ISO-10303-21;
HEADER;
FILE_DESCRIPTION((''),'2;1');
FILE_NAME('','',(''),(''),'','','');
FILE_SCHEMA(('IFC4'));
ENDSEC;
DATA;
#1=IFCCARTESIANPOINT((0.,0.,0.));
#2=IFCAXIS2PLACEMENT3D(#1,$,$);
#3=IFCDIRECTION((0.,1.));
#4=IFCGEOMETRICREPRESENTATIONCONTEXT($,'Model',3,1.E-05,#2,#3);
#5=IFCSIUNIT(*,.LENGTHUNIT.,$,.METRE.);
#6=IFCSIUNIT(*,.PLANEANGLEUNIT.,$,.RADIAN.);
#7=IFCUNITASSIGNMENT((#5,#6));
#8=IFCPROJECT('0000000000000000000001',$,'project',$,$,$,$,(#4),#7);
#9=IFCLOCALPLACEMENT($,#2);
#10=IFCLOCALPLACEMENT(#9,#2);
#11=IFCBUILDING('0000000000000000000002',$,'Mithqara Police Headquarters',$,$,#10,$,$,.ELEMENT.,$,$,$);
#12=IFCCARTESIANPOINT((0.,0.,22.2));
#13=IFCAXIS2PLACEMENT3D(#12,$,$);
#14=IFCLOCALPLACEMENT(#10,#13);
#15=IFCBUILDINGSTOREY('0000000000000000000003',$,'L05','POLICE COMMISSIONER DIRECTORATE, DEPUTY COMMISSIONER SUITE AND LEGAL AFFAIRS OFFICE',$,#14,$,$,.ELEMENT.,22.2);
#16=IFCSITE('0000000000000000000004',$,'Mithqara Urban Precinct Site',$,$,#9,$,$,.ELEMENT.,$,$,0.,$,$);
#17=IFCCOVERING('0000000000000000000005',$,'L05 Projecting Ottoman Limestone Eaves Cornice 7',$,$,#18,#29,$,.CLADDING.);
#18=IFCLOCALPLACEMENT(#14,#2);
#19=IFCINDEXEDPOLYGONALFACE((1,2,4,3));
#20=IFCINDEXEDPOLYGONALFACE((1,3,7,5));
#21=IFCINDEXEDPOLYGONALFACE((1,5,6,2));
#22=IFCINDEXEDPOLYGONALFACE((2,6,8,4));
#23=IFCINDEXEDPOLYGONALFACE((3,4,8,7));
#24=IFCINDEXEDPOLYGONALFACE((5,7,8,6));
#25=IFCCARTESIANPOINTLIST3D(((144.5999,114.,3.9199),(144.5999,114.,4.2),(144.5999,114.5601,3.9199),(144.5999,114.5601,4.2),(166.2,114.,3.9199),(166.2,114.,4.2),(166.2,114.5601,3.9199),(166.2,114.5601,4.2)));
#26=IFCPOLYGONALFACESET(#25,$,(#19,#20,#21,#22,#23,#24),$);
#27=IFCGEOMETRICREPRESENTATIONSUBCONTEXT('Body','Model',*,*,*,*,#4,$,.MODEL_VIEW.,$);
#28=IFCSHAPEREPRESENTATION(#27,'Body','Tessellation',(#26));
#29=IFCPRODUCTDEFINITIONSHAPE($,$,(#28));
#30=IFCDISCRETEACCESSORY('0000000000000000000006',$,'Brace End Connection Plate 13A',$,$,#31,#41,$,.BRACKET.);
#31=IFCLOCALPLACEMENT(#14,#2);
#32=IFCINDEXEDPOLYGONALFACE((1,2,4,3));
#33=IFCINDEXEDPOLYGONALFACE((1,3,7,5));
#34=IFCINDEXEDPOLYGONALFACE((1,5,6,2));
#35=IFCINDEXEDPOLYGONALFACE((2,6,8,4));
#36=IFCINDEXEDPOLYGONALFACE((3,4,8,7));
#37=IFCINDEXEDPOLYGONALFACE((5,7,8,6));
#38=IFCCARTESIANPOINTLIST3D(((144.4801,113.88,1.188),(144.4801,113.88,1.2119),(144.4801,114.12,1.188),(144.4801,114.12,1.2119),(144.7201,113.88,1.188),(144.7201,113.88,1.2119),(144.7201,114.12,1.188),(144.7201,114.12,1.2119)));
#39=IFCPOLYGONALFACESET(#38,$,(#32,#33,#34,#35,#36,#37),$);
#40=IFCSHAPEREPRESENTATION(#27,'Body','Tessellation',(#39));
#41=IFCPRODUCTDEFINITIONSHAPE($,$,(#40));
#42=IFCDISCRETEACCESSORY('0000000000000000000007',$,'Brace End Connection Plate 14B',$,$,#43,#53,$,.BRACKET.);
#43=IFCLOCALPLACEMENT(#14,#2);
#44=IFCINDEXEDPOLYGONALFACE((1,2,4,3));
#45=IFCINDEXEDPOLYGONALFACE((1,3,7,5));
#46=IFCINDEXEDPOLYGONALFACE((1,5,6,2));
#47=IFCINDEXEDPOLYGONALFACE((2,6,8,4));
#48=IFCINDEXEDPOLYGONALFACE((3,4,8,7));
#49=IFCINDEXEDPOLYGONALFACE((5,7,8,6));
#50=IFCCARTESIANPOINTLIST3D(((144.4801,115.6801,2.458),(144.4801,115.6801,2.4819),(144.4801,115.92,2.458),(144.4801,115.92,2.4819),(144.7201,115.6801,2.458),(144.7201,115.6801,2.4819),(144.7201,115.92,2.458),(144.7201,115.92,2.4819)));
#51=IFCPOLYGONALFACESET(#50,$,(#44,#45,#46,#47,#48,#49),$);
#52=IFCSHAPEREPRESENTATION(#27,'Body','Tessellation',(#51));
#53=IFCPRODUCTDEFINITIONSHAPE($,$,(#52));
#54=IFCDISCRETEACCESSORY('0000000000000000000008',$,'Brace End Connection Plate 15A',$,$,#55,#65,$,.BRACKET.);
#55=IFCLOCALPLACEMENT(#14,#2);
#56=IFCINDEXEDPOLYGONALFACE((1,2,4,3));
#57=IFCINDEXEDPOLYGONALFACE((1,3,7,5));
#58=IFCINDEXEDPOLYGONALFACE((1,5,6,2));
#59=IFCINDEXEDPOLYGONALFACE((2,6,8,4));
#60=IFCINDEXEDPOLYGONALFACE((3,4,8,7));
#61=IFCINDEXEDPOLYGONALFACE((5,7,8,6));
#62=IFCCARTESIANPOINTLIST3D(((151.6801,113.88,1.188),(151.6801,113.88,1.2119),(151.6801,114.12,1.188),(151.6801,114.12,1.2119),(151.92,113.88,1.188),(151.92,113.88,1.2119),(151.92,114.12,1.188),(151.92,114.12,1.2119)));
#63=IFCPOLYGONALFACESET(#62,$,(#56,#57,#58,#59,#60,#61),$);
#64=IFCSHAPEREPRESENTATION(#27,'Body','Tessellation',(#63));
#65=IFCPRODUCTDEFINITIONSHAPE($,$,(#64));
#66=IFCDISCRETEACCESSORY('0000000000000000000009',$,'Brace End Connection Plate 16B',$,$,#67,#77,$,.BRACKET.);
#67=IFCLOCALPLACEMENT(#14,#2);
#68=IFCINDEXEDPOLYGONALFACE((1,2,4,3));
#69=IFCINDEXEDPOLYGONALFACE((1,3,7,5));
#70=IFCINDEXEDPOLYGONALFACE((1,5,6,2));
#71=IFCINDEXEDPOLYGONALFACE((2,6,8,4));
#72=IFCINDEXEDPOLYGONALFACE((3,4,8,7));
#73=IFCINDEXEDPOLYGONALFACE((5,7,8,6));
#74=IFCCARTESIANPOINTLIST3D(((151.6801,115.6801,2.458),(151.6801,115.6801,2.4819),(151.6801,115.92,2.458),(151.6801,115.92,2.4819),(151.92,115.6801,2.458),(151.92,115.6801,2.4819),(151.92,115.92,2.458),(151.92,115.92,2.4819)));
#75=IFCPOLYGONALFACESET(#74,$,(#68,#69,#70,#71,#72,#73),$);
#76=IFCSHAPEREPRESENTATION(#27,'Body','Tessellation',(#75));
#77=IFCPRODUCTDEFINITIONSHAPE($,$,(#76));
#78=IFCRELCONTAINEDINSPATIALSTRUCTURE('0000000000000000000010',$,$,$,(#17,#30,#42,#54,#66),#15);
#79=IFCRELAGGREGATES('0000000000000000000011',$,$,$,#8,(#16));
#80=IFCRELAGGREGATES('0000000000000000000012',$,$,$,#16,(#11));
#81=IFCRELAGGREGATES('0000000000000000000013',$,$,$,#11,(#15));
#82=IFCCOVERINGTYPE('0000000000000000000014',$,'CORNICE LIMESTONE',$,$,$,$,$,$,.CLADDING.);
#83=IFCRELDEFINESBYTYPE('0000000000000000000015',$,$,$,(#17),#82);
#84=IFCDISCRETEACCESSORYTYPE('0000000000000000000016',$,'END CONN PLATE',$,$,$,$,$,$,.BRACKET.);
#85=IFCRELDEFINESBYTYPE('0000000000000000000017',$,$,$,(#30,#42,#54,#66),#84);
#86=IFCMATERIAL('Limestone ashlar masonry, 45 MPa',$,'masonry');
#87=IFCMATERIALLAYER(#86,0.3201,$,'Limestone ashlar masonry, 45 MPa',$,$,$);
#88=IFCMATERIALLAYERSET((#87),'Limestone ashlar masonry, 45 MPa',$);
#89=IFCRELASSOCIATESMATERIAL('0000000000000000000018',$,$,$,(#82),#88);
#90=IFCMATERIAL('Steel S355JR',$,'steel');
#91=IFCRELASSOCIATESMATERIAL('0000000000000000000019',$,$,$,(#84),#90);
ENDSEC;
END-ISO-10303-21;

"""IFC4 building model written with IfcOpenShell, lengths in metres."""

from ifc_helpers import new_model, si_unit, direction, frame, origin, origin_2d, place, context, subcontext, project, spatial, rectangle, extrude, material, layer, layer_set, type_object, element, save


model = new_model("IFC4")

# Units and contexts
model_context = context("Model", 3, precision=1e-05, world=origin(), true_north=direction((0.0, 1.0)))
body_context = subcontext(model_context, "Body", "Model", "MODEL_VIEW")
ifc_project = project(units=[si_unit("LENGTHUNIT", "METRE"), si_unit("PLANEANGLEUNIT", "RADIAN")], contexts=[model_context])

# Site, building, storey
site_placement = place(None, origin())
site = spatial("IfcSite", under=ifc_project, at=site_placement, Name="Mithqara Urban Precinct Site", CompositionType="ELEMENT", RefElevation=0.0)
building_placement = place(site_placement, origin())
building = spatial("IfcBuilding", under=site, at=building_placement, Name="Mithqara Police Headquarters", CompositionType="ELEMENT")
storey_placement = place(building_placement, frame((0.0, 0.0, 22.2)))
storey = spatial("IfcBuildingStorey", under=building, at=storey_placement, Name="L05", Description="POLICE COMMISSIONER DIRECTORATE, DEPUTY COMMISSIONER SUITE AND LEGAL AFFAIRS OFFICE", CompositionType="ELEMENT", Elevation=22.2)

# Shared definitions
ifc_material_1 = material(Name="Steel S355JR", Category="steel")

# Covering
ifc_material_2 = material(Name="Limestone ashlar masonry, 45 MPa", Category="masonry")
ifc_layer_1 = layer(ifc_material_2, 0.3201, Name="Limestone ashlar masonry, 45 MPa")
ifc_layer_set_1 = layer_set([ifc_layer_1], Name="Limestone ashlar masonry, 45 MPa")
covering_type = type_object("IfcCoveringType", Name="CORNICE LIMESTONE", PredefinedType="CLADDING", material=ifc_layer_set_1)
covering_placement = place(storey_placement, frame((155.3999, 114.28, 3.9199), z_axis=(0.0, 0.0, 1.0), x_axis=(1.0, 0.0, 0.0)))
element("IfcCovering", 1, at=covering_placement, inside=storey, type_object=covering_type, Name="L05 Projecting Ottoman Limestone Eaves Cornice 7", PredefinedType="CLADDING", context=body_context, shape_type="SweptSolid", body=[
    extrude(rectangle(XDim=21.6001, YDim=0.5601, at=origin_2d()), origin(), (0.0, 0.0, 1.0), 0.28),
])

# Discrete accessories
discrete_accessory_type = type_object("IfcDiscreteAccessoryType", Name="END CONN PLATE", PredefinedType="BRACKET", material=ifc_material_1)
for number, where, z_axis, x_axis, name in (
    (2, (144.6001, 114.0, 1.188), (0.0, 0.0, 1.0), (1.0, 0.0, 0.0), "Brace End Connection Plate 13A"),
    (3, (144.6001, 115.8, 2.458), (0.0, 0.0, 1.0), (1.0, 0.0, 0.0), "Brace End Connection Plate 14B"),
    (4, (151.8, 114.0, 1.188), (0.0, 0.0, 1.0), (1.0, 0.0, 0.0), "Brace End Connection Plate 15A"),
    (5, (151.8, 115.8, 2.458), (0.0, 0.0, 1.0), (1.0, 0.0, 0.0), "Brace End Connection Plate 16B"),
):
    element("IfcDiscreteAccessory", number, at=place(storey_placement, frame(where, z_axis=z_axis, x_axis=x_axis)), inside=storey, type_object=discrete_accessory_type, Name=name, PredefinedType="BRACKET", context=body_context, shape_type="SweptSolid", body=[
        extrude(rectangle(XDim=0.24, YDim=0.24, at=origin_2d()), origin(), (0.0, 0.0, 1.0), 0.0239),
    ])

save(model, "model.ifc")
